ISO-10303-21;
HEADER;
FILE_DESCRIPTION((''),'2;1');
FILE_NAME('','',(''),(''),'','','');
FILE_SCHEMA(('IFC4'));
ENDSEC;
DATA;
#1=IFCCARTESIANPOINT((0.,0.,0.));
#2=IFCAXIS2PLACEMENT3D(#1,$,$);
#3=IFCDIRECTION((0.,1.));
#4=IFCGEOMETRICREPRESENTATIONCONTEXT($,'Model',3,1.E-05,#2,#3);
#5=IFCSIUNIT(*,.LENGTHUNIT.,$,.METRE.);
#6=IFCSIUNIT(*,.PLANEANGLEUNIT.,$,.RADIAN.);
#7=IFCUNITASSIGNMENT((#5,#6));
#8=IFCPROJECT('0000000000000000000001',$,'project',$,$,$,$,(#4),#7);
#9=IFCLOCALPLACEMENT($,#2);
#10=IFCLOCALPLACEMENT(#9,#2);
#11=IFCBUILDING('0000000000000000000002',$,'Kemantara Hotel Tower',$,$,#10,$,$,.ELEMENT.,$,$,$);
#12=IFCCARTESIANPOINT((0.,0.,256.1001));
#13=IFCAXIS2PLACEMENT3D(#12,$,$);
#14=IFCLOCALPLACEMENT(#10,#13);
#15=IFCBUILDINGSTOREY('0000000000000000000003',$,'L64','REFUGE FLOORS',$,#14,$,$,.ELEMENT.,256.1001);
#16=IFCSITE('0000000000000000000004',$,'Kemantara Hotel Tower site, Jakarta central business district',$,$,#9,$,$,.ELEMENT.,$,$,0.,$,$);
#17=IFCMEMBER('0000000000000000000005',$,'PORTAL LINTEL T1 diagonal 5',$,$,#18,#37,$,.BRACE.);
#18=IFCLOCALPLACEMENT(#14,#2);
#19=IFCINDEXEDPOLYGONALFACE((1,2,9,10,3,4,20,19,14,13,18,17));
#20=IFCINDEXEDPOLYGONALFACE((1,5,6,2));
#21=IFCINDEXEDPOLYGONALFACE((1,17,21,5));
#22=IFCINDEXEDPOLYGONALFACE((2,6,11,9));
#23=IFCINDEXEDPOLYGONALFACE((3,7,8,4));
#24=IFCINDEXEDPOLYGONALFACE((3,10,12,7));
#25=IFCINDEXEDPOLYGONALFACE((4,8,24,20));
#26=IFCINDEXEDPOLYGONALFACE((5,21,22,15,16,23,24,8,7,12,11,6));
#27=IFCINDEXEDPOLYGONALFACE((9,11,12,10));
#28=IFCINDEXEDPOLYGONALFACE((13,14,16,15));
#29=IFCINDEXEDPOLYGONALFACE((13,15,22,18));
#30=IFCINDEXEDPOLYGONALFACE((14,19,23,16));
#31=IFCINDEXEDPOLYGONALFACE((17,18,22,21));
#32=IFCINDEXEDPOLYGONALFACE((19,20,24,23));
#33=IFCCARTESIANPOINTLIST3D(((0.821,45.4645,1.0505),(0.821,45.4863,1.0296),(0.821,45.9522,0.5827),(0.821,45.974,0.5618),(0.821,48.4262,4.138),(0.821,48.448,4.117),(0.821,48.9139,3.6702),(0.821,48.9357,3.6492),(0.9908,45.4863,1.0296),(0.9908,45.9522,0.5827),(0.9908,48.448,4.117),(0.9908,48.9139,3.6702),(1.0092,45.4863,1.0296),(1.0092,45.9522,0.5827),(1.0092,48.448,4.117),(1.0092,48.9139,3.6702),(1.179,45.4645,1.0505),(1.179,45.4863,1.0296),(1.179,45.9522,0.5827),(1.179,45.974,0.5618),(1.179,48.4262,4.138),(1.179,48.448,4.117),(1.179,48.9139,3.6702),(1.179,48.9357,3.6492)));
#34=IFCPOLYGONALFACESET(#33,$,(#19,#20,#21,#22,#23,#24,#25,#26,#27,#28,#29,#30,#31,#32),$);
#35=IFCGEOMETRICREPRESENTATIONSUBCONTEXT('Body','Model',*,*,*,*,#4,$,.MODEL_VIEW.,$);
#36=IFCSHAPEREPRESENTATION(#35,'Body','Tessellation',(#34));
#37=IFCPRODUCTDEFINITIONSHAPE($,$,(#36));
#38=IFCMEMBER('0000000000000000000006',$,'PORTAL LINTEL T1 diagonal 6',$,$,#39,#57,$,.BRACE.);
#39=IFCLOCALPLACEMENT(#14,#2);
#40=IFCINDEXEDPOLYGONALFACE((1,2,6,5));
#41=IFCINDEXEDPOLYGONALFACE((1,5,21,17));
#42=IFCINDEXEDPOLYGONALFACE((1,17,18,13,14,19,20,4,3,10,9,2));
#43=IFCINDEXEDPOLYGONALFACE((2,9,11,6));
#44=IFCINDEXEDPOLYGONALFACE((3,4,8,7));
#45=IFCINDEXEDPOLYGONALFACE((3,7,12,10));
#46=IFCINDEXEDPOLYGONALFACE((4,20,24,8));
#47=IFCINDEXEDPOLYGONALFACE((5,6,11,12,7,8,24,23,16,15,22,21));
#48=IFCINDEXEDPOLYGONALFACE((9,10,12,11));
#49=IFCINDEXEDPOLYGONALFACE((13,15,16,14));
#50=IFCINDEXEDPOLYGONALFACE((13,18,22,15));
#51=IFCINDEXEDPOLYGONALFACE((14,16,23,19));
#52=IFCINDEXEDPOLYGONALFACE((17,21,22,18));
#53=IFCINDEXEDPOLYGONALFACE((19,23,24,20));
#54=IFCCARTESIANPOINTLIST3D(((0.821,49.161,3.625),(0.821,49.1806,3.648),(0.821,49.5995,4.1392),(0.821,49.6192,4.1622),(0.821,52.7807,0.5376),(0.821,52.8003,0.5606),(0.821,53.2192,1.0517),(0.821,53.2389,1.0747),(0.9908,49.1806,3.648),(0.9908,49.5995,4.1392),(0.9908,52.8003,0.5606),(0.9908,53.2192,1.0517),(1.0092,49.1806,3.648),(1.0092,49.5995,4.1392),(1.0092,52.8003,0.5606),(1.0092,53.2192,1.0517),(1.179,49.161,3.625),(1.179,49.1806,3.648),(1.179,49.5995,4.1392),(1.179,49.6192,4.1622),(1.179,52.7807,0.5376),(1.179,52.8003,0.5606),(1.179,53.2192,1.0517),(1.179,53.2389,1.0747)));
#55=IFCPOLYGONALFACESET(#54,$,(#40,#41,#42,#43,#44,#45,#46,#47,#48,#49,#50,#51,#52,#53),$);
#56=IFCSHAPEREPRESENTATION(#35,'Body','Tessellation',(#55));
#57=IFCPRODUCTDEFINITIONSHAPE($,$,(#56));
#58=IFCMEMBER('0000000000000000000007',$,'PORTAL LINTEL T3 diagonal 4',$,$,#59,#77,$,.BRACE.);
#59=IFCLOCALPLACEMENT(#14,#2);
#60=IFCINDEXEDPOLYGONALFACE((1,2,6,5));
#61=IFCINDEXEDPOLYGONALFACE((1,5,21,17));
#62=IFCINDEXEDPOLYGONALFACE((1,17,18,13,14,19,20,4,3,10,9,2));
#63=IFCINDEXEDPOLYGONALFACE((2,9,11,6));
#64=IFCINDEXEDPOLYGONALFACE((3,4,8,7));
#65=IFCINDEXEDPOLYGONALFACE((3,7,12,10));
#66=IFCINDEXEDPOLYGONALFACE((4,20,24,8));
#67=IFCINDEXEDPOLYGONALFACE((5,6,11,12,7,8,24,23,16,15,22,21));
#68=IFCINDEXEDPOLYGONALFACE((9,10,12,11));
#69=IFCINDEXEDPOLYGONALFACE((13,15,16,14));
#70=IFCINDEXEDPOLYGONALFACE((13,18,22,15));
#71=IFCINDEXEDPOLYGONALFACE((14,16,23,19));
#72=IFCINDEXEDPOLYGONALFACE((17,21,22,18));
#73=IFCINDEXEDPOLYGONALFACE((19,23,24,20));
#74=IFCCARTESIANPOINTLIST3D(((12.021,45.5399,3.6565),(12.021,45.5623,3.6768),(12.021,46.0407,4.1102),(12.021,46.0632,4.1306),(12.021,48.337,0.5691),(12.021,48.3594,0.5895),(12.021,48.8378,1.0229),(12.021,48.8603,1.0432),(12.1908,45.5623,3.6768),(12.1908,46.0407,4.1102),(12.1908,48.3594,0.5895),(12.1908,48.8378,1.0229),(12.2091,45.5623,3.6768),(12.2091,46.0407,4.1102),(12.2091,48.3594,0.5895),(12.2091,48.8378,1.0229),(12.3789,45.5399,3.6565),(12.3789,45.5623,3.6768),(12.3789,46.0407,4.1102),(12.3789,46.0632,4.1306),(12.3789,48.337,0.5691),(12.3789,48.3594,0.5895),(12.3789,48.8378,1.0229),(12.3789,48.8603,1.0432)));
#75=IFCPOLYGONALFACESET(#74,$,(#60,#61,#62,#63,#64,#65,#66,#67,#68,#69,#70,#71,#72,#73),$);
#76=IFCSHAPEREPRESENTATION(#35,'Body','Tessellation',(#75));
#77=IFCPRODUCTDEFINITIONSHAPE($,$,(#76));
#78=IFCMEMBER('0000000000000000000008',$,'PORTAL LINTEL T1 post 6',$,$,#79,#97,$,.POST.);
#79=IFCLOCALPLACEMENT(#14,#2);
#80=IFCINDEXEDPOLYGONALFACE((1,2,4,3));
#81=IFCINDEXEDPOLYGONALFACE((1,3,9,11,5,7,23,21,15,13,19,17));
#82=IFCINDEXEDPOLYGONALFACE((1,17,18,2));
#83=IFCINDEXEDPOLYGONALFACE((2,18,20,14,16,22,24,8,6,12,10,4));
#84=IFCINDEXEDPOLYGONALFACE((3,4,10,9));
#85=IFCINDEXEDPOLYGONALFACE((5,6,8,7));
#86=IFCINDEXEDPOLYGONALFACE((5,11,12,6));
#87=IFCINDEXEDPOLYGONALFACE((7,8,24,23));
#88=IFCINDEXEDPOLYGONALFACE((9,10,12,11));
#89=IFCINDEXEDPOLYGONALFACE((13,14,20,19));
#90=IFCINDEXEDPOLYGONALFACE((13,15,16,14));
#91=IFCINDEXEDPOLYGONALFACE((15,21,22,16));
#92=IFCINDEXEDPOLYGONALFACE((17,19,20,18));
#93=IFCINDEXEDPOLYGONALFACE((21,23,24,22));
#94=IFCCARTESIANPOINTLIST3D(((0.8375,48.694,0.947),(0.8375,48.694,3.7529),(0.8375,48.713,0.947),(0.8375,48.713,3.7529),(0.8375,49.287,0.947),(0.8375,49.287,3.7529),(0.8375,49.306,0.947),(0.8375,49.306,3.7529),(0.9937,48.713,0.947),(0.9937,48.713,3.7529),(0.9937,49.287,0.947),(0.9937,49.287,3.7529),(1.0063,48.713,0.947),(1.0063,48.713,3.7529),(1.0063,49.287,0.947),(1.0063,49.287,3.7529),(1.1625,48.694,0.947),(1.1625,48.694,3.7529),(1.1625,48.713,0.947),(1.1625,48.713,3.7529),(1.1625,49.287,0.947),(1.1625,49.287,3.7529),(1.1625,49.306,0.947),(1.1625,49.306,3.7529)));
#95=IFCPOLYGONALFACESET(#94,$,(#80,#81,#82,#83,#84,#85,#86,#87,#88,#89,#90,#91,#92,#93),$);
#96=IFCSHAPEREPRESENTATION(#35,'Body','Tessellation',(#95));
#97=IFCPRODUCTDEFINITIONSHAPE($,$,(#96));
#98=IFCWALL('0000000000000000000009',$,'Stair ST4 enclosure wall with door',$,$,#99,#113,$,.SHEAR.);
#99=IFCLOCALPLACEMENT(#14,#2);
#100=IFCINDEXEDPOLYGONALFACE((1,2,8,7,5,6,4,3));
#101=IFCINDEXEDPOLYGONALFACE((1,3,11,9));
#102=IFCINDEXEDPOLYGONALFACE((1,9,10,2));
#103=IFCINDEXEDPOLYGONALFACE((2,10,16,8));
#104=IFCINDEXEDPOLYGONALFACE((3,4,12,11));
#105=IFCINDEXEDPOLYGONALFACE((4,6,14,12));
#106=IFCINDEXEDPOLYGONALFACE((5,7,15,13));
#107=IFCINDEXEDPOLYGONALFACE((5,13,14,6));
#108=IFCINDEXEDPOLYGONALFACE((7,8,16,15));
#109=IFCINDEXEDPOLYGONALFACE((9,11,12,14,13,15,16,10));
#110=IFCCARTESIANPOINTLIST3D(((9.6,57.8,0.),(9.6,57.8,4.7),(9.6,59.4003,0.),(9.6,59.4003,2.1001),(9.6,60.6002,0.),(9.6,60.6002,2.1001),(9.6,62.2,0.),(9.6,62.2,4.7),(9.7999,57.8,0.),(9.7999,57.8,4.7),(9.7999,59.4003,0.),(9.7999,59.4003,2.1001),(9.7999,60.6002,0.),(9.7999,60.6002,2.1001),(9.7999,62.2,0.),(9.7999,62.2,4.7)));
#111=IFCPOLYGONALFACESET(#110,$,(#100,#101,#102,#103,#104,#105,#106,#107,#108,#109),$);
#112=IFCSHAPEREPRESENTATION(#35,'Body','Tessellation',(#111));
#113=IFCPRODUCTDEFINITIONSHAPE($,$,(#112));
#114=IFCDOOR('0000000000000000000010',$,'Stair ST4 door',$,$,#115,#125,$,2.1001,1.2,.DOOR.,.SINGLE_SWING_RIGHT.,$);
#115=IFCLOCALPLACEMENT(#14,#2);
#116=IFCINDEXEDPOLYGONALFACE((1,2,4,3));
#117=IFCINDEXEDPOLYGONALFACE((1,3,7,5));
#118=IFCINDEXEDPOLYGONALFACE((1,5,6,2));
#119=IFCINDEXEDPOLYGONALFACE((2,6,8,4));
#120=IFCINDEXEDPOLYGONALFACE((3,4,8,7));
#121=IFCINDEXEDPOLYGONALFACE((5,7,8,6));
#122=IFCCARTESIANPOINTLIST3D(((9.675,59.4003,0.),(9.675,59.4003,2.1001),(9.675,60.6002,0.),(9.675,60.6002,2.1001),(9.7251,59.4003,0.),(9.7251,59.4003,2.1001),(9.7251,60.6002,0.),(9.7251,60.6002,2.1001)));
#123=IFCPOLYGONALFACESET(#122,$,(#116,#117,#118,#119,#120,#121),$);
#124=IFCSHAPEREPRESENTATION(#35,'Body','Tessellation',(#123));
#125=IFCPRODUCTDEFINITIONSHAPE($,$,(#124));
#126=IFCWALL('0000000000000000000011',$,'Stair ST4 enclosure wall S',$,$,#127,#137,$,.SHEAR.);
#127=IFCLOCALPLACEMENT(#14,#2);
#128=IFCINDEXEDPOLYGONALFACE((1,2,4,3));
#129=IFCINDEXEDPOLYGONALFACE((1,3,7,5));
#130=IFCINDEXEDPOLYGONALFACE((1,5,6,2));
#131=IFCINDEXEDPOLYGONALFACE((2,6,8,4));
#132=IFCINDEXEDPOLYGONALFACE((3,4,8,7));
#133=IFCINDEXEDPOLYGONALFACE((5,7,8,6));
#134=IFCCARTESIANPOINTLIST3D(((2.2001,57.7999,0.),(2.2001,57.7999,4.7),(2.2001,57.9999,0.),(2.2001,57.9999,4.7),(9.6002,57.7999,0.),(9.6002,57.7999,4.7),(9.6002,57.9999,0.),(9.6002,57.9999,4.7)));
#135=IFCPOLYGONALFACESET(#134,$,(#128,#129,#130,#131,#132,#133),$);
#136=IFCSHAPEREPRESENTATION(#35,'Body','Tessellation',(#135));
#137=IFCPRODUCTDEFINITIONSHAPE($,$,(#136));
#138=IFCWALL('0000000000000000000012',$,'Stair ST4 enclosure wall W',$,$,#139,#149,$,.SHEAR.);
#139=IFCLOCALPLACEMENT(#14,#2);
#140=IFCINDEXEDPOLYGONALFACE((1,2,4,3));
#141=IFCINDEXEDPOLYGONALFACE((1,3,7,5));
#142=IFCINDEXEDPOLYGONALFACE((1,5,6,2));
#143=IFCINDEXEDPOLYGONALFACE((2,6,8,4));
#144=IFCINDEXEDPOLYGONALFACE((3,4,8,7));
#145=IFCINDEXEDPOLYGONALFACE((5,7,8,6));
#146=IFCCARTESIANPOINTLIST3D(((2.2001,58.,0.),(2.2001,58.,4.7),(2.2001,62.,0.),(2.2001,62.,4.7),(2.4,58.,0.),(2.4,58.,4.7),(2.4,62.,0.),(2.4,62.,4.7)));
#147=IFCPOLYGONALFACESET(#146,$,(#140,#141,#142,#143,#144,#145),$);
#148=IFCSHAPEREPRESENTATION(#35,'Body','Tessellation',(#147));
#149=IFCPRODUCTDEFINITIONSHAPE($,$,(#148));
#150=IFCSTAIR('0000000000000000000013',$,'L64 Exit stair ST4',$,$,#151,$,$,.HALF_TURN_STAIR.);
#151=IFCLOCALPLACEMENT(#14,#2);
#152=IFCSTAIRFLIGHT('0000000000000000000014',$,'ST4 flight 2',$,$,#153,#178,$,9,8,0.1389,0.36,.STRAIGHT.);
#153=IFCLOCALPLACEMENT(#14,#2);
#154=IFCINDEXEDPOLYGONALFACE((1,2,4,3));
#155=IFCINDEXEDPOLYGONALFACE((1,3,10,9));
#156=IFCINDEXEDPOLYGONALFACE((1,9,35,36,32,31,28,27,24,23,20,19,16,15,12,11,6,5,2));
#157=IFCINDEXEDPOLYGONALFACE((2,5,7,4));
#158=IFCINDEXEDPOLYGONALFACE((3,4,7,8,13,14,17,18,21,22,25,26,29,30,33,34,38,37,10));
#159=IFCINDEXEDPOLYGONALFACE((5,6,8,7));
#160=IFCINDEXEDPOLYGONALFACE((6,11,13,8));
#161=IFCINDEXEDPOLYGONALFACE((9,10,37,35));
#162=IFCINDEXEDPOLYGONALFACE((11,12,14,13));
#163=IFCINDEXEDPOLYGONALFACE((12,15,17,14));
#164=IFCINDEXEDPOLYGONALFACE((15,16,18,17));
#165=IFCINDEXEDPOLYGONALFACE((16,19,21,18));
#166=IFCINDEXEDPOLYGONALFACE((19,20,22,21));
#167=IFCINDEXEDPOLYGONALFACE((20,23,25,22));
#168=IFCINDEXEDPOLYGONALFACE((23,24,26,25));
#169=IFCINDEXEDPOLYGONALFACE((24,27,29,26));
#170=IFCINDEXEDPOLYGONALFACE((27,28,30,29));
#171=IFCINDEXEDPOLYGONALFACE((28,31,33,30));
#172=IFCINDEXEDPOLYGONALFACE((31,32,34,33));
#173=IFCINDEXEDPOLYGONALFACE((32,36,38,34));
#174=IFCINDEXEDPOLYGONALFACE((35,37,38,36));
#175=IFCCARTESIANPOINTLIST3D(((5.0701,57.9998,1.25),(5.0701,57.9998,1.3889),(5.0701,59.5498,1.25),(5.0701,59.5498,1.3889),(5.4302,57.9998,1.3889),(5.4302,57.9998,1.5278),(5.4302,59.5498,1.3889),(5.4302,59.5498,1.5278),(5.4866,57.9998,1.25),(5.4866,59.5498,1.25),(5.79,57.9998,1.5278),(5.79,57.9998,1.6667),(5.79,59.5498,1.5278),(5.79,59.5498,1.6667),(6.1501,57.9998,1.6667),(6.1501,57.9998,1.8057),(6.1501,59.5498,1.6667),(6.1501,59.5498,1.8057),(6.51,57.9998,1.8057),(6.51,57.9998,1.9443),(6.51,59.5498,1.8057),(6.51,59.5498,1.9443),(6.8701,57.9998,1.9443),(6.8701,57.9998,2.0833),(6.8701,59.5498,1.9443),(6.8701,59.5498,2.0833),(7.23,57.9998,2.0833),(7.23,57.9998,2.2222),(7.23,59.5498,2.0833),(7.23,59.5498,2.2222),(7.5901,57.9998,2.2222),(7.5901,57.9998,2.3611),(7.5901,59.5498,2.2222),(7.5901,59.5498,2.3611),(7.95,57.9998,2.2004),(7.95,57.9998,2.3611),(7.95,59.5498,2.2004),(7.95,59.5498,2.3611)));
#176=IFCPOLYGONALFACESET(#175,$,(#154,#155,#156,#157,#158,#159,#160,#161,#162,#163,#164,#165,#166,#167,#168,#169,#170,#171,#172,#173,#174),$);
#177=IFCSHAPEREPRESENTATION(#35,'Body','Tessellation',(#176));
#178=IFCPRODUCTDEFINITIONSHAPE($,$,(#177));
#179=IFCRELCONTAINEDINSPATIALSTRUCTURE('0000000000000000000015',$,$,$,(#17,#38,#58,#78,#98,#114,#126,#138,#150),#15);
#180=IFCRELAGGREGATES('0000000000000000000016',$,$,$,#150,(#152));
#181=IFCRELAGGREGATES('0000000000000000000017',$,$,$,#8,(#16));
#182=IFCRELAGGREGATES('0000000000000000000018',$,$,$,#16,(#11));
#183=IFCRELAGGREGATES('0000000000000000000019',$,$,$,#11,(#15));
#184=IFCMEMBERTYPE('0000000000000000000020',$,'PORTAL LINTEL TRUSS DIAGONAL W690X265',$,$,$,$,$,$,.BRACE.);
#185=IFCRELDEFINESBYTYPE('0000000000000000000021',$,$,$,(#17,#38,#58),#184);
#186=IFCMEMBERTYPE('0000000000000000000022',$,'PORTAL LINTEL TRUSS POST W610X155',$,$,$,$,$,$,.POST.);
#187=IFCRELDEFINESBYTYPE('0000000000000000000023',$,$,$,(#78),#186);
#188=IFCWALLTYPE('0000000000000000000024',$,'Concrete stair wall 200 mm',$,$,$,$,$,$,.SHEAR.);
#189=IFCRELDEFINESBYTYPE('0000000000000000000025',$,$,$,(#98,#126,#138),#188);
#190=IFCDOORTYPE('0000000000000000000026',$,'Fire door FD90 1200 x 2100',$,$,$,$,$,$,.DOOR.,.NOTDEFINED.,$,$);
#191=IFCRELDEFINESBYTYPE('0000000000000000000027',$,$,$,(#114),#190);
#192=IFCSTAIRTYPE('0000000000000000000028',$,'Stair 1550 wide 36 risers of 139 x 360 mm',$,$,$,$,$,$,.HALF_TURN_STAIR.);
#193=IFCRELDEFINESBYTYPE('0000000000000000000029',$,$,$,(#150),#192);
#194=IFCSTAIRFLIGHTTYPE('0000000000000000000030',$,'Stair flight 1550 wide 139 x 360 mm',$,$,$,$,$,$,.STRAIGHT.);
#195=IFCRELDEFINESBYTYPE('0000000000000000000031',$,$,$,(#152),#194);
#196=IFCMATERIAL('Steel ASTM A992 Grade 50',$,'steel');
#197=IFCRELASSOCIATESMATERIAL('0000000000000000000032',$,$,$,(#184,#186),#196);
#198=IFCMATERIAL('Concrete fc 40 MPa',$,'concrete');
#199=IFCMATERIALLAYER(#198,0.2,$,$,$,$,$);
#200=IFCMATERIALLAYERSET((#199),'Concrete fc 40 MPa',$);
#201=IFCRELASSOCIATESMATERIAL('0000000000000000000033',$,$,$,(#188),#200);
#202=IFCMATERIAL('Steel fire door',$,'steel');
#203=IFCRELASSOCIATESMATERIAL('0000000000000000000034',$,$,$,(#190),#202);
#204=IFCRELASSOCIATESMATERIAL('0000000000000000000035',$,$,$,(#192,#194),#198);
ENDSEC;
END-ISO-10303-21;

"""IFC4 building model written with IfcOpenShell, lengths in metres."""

from ifc_helpers import new_model, si_unit, direction, frame, frame_2d, origin, origin_2d, place, context, subcontext, project, spatial, polyline, rectangle, i_section, outline, extrude, material, layer, layer_set, material_profile, profile_set, type_object, element, fill, aggregate, save


model = new_model("IFC4")

# Units and contexts
model_context = context("Model", 3, precision=1e-05, world=origin(), true_north=direction((0.0, 1.0)))
body_context = subcontext(model_context, "Body", "Model", "MODEL_VIEW")
ifc_project = project(units=[si_unit("LENGTHUNIT", "METRE"), si_unit("PLANEANGLEUNIT", "RADIAN")], contexts=[model_context])

# Site, building, storey
site_placement = place(None, origin())
site = spatial("IfcSite", under=ifc_project, at=site_placement, Name="Kemantara Hotel Tower site, Jakarta central business district", CompositionType="ELEMENT", RefElevation=0.0)
building_placement = place(site_placement, origin())
building = spatial("IfcBuilding", under=site, at=building_placement, Name="Kemantara Hotel Tower", CompositionType="ELEMENT")
storey_placement = place(building_placement, frame((0.0, 0.0, 256.1001)))
storey = spatial("IfcBuildingStorey", under=building, at=storey_placement, Name="L64", Description="REFUGE FLOORS", CompositionType="ELEMENT", Elevation=256.1001)

# Shared definitions
ifc_material_1 = material(Name="Steel ASTM A992 Grade 50", Category="steel")

# Members
ifc_material_profile_1 = material_profile(ifc_material_1, i_section(OverallWidth=0.3579, OverallDepth=0.7061, WebThickness=0.0183, FlangeThickness=0.0303, at=origin_2d()), Name="W690X265")
ifc_profile_set_1 = profile_set([ifc_material_profile_1], Name="Steel ASTM A992 Grade 50")
member_type_1 = type_object("IfcMemberType", Name="PORTAL LINTEL TRUSS DIAGONAL W690X265", PredefinedType="BRACE", material=ifc_profile_set_1)
member_1_placement = place(storey_placement, frame((1.0, 45.7192, 0.8062), z_axis=(0.0, 0.69226, 0.721648), x_axis=(-1.0, 0.0, 0.0)))
element("IfcMember", 1, at=member_1_placement, inside=storey, type_object=member_type_1, Name="PORTAL LINTEL T1 diagonal 5", PredefinedType="BRACE", context=body_context, shape_type="SweptSolid", body=[
    extrude(i_section(OverallWidth=0.3579, OverallDepth=0.7061, WebThickness=0.0183, FlangeThickness=0.0303, at=origin_2d()), origin(), (0.0, 0.0, 1.0), 4.2783),
])
member_2_placement = place(storey_placement, frame((1.0, 53.0098, 0.8062), z_axis=(0.0, -0.760826, 0.648955), x_axis=(1.0, 0.0, 0.0)))
element("IfcMember", 2, at=member_2_placement, inside=storey, type_object=member_type_1, Name="PORTAL LINTEL T1 diagonal 6", PredefinedType="BRACE", context=body_context, shape_type="SweptSolid", body=[
    extrude(i_section(OverallWidth=0.3579, OverallDepth=0.7061, WebThickness=0.0183, FlangeThickness=0.0303, at=origin_2d()), origin(), (0.0, 0.0, 1.0), 4.7576),
])
member_3_placement = place(storey_placement, frame((12.2, 48.5986, 0.8062), z_axis=(0.0, -0.671409, 0.741087), x_axis=(1.0, 0.0, 0.0)))
element("IfcMember", 3, at=member_3_placement, inside=storey, type_object=member_type_1, Name="PORTAL LINTEL T3 diagonal 4", PredefinedType="BRACE", context=body_context, shape_type="SweptSolid", body=[
    extrude(i_section(OverallWidth=0.3579, OverallDepth=0.7061, WebThickness=0.0183, FlangeThickness=0.0303, at=origin_2d()), origin(), (0.0, 0.0, 1.0), 4.166),
])
ifc_material_profile_2 = material_profile(ifc_material_1, i_section(OverallWidth=0.325, OverallDepth=0.6121, WebThickness=0.0127, FlangeThickness=0.019, at=origin_2d()), Name="W610X155")
ifc_profile_set_2 = profile_set([ifc_material_profile_2], Name="Steel ASTM A992 Grade 50")
member_type_2 = type_object("IfcMemberType", Name="PORTAL LINTEL TRUSS POST W610X155", PredefinedType="POST", material=ifc_profile_set_2)
member_4_placement = place(storey_placement, frame((1.0, 49.0, 0.947), z_axis=(0.0, 0.0, 1.0), x_axis=(1.0, 0.0, 0.0)))
element("IfcMember", 4, at=member_4_placement, inside=storey, type_object=member_type_2, Name="PORTAL LINTEL T1 post 6", PredefinedType="POST", context=body_context, shape_type="SweptSolid", body=[
    extrude(i_section(OverallWidth=0.325, OverallDepth=0.6121, WebThickness=0.0127, FlangeThickness=0.019, at=origin_2d()), origin(), (0.0, 0.0, 1.0), 2.8059),
])

# Wall, opening, door
ifc_material_2 = material(Name="Concrete fc 40 MPa", Category="concrete")
ifc_layer_1 = layer(ifc_material_2, 0.2)
ifc_layer_set_1 = layer_set([ifc_layer_1], Name="Concrete fc 40 MPa")
wall_type = type_object("IfcWallType", Name="Concrete stair wall 200 mm", PredefinedType="SHEAR", material=ifc_layer_set_1)
wall_1_placement = place(storey_placement, frame((9.7, 57.8, 0.0), z_axis=(0.0, 0.0, 1.0), x_axis=(0.0, 1.0, 0.0)))
wall_1 = element("IfcWall", 5, at=wall_1_placement, inside=storey, type_object=wall_type, Name="Stair ST4 enclosure wall with door", PredefinedType="SHEAR", context=body_context, shape_type="SweptSolid", body=[
    extrude(rectangle(XDim=4.3999, YDim=0.2, at=frame_2d((2.2, 0.0))), origin(), (0.0, 0.0, 1.0), 4.7),
])
opening_placement = place(wall_1_placement, frame((1.6001, 0.0, 0.0)))
opening = element("IfcOpeningElement", 6, at=opening_placement, cuts=wall_1, PredefinedType="OPENING", context=body_context, shape_type="SweptSolid", body=[
    extrude(rectangle(XDim=1.2, YDim=2.1001, at=frame_2d((0.6001, 1.05))), frame((0.0, 0.1099, 0.0), z_axis=(0.0, -1.0, 0.0), x_axis=(1.0, 0.0, 0.0)), (0.0, 0.0, 1.0), 0.22),
])
ifc_material_3 = material(Name="Steel fire door", Category="steel")
door_type = type_object("IfcDoorType", Name="Fire door FD90 1200 x 2100", OperationType="NOTDEFINED", PredefinedType="DOOR", material=ifc_material_3)
door_placement = place(opening_placement, origin())
door = element("IfcDoor", 7, at=door_placement, inside=storey, type_object=door_type, Name="Stair ST4 door", OperationType="SINGLE_SWING_RIGHT", OverallHeight=2.1001, OverallWidth=1.2, PredefinedType="DOOR", context=body_context, shape_type="SweptSolid", body=[
    extrude(rectangle(XDim=1.2, YDim=2.1001, at=frame_2d((0.6001, 1.05))), frame((0.0, 0.0249, 0.0), z_axis=(0.0, -1.0, 0.0), x_axis=(1.0, 0.0, 0.0)), (0.0, 0.0, 1.0), 0.05),
])
fill(opening, door)

# Walls
wall_2_placement = place(storey_placement, frame((2.2, 57.8999, 0.0), z_axis=(0.0, 0.0, 1.0), x_axis=(1.0, 0.0, 0.0)))
element("IfcWall", 8, at=wall_2_placement, inside=storey, type_object=wall_type, Name="Stair ST4 enclosure wall S", PredefinedType="SHEAR", context=body_context, shape_type="SweptSolid", body=[
    extrude(rectangle(XDim=7.4001, YDim=0.2, at=frame_2d((3.7002, 0.0))), origin(), (0.0, 0.0, 1.0), 4.7),
])
wall_3_placement = place(storey_placement, frame((2.3, 58.0, 0.0), z_axis=(0.0, 0.0, 1.0), x_axis=(0.0, 1.0, 0.0)))
element("IfcWall", 9, at=wall_3_placement, inside=storey, type_object=wall_type, Name="Stair ST4 enclosure wall W", PredefinedType="SHEAR", context=body_context, shape_type="SweptSolid", body=[
    extrude(rectangle(XDim=4.0, YDim=0.2, at=frame_2d((2.0, 0.0))), origin(), (0.0, 0.0, 1.0), 4.7),
])

# Stair, stair flight
stair_type = type_object("IfcStairType", Name="Stair 1550 wide 36 risers of 139 x 360 mm", PredefinedType="HALF_TURN_STAIR", material=ifc_material_2)
stair_placement = place(storey_placement, origin())
stair = element("IfcStair", 10, at=stair_placement, inside=storey, type_object=stair_type, Name="L64 Exit stair ST4", PredefinedType="HALF_TURN_STAIR")
stair_flight_type = type_object("IfcStairFlightType", Name="Stair flight 1550 wide 139 x 360 mm", PredefinedType="STRAIGHT", material=ifc_material_2)
stair_flight_placement = place(storey_placement, frame((5.0701, 58.7749, 1.25), z_axis=(0.0, 0.0, 1.0), x_axis=(1.0, 0.0, 0.0)))
stair_flight = element("IfcStairFlight", 11, at=stair_flight_placement, type_object=stair_flight_type, Name="ST4 flight 2", NumberOfRisers=9, NumberOfTreads=8, PredefinedType="STRAIGHT", RiserHeight=0.1389, TreadLength=0.36, context=body_context, shape_type="SweptSolid", body=[
    extrude(outline(polyline([(0.0, 0.0), (0.0, 0.1389), (0.3601, 0.1389), (0.3601, 0.2778), (0.72, 0.2778), (0.72, 0.4167), (1.0801, 0.4167), (1.0801, 0.5557), (1.4399, 0.5557), (1.4399, 0.6943), (1.8, 0.6943), (1.8, 0.8333), (2.1599, 0.8333), (2.1599, 0.9722), (2.52, 0.9722), (2.52, 1.1111), (2.8799, 1.1111), (2.8799, 1.25), (2.8799, 0.9504), (0.4165, 0.0), (0.0, 0.0)])), frame((0.0, 0.7749, 0.0), z_axis=(0.0, -1.0, 0.0), x_axis=(1.0, 0.0, 0.0)), (0.0, 0.0, 1.0), 1.55),
])
aggregate(stair, [stair_flight])

save(model, "model.ifc")
